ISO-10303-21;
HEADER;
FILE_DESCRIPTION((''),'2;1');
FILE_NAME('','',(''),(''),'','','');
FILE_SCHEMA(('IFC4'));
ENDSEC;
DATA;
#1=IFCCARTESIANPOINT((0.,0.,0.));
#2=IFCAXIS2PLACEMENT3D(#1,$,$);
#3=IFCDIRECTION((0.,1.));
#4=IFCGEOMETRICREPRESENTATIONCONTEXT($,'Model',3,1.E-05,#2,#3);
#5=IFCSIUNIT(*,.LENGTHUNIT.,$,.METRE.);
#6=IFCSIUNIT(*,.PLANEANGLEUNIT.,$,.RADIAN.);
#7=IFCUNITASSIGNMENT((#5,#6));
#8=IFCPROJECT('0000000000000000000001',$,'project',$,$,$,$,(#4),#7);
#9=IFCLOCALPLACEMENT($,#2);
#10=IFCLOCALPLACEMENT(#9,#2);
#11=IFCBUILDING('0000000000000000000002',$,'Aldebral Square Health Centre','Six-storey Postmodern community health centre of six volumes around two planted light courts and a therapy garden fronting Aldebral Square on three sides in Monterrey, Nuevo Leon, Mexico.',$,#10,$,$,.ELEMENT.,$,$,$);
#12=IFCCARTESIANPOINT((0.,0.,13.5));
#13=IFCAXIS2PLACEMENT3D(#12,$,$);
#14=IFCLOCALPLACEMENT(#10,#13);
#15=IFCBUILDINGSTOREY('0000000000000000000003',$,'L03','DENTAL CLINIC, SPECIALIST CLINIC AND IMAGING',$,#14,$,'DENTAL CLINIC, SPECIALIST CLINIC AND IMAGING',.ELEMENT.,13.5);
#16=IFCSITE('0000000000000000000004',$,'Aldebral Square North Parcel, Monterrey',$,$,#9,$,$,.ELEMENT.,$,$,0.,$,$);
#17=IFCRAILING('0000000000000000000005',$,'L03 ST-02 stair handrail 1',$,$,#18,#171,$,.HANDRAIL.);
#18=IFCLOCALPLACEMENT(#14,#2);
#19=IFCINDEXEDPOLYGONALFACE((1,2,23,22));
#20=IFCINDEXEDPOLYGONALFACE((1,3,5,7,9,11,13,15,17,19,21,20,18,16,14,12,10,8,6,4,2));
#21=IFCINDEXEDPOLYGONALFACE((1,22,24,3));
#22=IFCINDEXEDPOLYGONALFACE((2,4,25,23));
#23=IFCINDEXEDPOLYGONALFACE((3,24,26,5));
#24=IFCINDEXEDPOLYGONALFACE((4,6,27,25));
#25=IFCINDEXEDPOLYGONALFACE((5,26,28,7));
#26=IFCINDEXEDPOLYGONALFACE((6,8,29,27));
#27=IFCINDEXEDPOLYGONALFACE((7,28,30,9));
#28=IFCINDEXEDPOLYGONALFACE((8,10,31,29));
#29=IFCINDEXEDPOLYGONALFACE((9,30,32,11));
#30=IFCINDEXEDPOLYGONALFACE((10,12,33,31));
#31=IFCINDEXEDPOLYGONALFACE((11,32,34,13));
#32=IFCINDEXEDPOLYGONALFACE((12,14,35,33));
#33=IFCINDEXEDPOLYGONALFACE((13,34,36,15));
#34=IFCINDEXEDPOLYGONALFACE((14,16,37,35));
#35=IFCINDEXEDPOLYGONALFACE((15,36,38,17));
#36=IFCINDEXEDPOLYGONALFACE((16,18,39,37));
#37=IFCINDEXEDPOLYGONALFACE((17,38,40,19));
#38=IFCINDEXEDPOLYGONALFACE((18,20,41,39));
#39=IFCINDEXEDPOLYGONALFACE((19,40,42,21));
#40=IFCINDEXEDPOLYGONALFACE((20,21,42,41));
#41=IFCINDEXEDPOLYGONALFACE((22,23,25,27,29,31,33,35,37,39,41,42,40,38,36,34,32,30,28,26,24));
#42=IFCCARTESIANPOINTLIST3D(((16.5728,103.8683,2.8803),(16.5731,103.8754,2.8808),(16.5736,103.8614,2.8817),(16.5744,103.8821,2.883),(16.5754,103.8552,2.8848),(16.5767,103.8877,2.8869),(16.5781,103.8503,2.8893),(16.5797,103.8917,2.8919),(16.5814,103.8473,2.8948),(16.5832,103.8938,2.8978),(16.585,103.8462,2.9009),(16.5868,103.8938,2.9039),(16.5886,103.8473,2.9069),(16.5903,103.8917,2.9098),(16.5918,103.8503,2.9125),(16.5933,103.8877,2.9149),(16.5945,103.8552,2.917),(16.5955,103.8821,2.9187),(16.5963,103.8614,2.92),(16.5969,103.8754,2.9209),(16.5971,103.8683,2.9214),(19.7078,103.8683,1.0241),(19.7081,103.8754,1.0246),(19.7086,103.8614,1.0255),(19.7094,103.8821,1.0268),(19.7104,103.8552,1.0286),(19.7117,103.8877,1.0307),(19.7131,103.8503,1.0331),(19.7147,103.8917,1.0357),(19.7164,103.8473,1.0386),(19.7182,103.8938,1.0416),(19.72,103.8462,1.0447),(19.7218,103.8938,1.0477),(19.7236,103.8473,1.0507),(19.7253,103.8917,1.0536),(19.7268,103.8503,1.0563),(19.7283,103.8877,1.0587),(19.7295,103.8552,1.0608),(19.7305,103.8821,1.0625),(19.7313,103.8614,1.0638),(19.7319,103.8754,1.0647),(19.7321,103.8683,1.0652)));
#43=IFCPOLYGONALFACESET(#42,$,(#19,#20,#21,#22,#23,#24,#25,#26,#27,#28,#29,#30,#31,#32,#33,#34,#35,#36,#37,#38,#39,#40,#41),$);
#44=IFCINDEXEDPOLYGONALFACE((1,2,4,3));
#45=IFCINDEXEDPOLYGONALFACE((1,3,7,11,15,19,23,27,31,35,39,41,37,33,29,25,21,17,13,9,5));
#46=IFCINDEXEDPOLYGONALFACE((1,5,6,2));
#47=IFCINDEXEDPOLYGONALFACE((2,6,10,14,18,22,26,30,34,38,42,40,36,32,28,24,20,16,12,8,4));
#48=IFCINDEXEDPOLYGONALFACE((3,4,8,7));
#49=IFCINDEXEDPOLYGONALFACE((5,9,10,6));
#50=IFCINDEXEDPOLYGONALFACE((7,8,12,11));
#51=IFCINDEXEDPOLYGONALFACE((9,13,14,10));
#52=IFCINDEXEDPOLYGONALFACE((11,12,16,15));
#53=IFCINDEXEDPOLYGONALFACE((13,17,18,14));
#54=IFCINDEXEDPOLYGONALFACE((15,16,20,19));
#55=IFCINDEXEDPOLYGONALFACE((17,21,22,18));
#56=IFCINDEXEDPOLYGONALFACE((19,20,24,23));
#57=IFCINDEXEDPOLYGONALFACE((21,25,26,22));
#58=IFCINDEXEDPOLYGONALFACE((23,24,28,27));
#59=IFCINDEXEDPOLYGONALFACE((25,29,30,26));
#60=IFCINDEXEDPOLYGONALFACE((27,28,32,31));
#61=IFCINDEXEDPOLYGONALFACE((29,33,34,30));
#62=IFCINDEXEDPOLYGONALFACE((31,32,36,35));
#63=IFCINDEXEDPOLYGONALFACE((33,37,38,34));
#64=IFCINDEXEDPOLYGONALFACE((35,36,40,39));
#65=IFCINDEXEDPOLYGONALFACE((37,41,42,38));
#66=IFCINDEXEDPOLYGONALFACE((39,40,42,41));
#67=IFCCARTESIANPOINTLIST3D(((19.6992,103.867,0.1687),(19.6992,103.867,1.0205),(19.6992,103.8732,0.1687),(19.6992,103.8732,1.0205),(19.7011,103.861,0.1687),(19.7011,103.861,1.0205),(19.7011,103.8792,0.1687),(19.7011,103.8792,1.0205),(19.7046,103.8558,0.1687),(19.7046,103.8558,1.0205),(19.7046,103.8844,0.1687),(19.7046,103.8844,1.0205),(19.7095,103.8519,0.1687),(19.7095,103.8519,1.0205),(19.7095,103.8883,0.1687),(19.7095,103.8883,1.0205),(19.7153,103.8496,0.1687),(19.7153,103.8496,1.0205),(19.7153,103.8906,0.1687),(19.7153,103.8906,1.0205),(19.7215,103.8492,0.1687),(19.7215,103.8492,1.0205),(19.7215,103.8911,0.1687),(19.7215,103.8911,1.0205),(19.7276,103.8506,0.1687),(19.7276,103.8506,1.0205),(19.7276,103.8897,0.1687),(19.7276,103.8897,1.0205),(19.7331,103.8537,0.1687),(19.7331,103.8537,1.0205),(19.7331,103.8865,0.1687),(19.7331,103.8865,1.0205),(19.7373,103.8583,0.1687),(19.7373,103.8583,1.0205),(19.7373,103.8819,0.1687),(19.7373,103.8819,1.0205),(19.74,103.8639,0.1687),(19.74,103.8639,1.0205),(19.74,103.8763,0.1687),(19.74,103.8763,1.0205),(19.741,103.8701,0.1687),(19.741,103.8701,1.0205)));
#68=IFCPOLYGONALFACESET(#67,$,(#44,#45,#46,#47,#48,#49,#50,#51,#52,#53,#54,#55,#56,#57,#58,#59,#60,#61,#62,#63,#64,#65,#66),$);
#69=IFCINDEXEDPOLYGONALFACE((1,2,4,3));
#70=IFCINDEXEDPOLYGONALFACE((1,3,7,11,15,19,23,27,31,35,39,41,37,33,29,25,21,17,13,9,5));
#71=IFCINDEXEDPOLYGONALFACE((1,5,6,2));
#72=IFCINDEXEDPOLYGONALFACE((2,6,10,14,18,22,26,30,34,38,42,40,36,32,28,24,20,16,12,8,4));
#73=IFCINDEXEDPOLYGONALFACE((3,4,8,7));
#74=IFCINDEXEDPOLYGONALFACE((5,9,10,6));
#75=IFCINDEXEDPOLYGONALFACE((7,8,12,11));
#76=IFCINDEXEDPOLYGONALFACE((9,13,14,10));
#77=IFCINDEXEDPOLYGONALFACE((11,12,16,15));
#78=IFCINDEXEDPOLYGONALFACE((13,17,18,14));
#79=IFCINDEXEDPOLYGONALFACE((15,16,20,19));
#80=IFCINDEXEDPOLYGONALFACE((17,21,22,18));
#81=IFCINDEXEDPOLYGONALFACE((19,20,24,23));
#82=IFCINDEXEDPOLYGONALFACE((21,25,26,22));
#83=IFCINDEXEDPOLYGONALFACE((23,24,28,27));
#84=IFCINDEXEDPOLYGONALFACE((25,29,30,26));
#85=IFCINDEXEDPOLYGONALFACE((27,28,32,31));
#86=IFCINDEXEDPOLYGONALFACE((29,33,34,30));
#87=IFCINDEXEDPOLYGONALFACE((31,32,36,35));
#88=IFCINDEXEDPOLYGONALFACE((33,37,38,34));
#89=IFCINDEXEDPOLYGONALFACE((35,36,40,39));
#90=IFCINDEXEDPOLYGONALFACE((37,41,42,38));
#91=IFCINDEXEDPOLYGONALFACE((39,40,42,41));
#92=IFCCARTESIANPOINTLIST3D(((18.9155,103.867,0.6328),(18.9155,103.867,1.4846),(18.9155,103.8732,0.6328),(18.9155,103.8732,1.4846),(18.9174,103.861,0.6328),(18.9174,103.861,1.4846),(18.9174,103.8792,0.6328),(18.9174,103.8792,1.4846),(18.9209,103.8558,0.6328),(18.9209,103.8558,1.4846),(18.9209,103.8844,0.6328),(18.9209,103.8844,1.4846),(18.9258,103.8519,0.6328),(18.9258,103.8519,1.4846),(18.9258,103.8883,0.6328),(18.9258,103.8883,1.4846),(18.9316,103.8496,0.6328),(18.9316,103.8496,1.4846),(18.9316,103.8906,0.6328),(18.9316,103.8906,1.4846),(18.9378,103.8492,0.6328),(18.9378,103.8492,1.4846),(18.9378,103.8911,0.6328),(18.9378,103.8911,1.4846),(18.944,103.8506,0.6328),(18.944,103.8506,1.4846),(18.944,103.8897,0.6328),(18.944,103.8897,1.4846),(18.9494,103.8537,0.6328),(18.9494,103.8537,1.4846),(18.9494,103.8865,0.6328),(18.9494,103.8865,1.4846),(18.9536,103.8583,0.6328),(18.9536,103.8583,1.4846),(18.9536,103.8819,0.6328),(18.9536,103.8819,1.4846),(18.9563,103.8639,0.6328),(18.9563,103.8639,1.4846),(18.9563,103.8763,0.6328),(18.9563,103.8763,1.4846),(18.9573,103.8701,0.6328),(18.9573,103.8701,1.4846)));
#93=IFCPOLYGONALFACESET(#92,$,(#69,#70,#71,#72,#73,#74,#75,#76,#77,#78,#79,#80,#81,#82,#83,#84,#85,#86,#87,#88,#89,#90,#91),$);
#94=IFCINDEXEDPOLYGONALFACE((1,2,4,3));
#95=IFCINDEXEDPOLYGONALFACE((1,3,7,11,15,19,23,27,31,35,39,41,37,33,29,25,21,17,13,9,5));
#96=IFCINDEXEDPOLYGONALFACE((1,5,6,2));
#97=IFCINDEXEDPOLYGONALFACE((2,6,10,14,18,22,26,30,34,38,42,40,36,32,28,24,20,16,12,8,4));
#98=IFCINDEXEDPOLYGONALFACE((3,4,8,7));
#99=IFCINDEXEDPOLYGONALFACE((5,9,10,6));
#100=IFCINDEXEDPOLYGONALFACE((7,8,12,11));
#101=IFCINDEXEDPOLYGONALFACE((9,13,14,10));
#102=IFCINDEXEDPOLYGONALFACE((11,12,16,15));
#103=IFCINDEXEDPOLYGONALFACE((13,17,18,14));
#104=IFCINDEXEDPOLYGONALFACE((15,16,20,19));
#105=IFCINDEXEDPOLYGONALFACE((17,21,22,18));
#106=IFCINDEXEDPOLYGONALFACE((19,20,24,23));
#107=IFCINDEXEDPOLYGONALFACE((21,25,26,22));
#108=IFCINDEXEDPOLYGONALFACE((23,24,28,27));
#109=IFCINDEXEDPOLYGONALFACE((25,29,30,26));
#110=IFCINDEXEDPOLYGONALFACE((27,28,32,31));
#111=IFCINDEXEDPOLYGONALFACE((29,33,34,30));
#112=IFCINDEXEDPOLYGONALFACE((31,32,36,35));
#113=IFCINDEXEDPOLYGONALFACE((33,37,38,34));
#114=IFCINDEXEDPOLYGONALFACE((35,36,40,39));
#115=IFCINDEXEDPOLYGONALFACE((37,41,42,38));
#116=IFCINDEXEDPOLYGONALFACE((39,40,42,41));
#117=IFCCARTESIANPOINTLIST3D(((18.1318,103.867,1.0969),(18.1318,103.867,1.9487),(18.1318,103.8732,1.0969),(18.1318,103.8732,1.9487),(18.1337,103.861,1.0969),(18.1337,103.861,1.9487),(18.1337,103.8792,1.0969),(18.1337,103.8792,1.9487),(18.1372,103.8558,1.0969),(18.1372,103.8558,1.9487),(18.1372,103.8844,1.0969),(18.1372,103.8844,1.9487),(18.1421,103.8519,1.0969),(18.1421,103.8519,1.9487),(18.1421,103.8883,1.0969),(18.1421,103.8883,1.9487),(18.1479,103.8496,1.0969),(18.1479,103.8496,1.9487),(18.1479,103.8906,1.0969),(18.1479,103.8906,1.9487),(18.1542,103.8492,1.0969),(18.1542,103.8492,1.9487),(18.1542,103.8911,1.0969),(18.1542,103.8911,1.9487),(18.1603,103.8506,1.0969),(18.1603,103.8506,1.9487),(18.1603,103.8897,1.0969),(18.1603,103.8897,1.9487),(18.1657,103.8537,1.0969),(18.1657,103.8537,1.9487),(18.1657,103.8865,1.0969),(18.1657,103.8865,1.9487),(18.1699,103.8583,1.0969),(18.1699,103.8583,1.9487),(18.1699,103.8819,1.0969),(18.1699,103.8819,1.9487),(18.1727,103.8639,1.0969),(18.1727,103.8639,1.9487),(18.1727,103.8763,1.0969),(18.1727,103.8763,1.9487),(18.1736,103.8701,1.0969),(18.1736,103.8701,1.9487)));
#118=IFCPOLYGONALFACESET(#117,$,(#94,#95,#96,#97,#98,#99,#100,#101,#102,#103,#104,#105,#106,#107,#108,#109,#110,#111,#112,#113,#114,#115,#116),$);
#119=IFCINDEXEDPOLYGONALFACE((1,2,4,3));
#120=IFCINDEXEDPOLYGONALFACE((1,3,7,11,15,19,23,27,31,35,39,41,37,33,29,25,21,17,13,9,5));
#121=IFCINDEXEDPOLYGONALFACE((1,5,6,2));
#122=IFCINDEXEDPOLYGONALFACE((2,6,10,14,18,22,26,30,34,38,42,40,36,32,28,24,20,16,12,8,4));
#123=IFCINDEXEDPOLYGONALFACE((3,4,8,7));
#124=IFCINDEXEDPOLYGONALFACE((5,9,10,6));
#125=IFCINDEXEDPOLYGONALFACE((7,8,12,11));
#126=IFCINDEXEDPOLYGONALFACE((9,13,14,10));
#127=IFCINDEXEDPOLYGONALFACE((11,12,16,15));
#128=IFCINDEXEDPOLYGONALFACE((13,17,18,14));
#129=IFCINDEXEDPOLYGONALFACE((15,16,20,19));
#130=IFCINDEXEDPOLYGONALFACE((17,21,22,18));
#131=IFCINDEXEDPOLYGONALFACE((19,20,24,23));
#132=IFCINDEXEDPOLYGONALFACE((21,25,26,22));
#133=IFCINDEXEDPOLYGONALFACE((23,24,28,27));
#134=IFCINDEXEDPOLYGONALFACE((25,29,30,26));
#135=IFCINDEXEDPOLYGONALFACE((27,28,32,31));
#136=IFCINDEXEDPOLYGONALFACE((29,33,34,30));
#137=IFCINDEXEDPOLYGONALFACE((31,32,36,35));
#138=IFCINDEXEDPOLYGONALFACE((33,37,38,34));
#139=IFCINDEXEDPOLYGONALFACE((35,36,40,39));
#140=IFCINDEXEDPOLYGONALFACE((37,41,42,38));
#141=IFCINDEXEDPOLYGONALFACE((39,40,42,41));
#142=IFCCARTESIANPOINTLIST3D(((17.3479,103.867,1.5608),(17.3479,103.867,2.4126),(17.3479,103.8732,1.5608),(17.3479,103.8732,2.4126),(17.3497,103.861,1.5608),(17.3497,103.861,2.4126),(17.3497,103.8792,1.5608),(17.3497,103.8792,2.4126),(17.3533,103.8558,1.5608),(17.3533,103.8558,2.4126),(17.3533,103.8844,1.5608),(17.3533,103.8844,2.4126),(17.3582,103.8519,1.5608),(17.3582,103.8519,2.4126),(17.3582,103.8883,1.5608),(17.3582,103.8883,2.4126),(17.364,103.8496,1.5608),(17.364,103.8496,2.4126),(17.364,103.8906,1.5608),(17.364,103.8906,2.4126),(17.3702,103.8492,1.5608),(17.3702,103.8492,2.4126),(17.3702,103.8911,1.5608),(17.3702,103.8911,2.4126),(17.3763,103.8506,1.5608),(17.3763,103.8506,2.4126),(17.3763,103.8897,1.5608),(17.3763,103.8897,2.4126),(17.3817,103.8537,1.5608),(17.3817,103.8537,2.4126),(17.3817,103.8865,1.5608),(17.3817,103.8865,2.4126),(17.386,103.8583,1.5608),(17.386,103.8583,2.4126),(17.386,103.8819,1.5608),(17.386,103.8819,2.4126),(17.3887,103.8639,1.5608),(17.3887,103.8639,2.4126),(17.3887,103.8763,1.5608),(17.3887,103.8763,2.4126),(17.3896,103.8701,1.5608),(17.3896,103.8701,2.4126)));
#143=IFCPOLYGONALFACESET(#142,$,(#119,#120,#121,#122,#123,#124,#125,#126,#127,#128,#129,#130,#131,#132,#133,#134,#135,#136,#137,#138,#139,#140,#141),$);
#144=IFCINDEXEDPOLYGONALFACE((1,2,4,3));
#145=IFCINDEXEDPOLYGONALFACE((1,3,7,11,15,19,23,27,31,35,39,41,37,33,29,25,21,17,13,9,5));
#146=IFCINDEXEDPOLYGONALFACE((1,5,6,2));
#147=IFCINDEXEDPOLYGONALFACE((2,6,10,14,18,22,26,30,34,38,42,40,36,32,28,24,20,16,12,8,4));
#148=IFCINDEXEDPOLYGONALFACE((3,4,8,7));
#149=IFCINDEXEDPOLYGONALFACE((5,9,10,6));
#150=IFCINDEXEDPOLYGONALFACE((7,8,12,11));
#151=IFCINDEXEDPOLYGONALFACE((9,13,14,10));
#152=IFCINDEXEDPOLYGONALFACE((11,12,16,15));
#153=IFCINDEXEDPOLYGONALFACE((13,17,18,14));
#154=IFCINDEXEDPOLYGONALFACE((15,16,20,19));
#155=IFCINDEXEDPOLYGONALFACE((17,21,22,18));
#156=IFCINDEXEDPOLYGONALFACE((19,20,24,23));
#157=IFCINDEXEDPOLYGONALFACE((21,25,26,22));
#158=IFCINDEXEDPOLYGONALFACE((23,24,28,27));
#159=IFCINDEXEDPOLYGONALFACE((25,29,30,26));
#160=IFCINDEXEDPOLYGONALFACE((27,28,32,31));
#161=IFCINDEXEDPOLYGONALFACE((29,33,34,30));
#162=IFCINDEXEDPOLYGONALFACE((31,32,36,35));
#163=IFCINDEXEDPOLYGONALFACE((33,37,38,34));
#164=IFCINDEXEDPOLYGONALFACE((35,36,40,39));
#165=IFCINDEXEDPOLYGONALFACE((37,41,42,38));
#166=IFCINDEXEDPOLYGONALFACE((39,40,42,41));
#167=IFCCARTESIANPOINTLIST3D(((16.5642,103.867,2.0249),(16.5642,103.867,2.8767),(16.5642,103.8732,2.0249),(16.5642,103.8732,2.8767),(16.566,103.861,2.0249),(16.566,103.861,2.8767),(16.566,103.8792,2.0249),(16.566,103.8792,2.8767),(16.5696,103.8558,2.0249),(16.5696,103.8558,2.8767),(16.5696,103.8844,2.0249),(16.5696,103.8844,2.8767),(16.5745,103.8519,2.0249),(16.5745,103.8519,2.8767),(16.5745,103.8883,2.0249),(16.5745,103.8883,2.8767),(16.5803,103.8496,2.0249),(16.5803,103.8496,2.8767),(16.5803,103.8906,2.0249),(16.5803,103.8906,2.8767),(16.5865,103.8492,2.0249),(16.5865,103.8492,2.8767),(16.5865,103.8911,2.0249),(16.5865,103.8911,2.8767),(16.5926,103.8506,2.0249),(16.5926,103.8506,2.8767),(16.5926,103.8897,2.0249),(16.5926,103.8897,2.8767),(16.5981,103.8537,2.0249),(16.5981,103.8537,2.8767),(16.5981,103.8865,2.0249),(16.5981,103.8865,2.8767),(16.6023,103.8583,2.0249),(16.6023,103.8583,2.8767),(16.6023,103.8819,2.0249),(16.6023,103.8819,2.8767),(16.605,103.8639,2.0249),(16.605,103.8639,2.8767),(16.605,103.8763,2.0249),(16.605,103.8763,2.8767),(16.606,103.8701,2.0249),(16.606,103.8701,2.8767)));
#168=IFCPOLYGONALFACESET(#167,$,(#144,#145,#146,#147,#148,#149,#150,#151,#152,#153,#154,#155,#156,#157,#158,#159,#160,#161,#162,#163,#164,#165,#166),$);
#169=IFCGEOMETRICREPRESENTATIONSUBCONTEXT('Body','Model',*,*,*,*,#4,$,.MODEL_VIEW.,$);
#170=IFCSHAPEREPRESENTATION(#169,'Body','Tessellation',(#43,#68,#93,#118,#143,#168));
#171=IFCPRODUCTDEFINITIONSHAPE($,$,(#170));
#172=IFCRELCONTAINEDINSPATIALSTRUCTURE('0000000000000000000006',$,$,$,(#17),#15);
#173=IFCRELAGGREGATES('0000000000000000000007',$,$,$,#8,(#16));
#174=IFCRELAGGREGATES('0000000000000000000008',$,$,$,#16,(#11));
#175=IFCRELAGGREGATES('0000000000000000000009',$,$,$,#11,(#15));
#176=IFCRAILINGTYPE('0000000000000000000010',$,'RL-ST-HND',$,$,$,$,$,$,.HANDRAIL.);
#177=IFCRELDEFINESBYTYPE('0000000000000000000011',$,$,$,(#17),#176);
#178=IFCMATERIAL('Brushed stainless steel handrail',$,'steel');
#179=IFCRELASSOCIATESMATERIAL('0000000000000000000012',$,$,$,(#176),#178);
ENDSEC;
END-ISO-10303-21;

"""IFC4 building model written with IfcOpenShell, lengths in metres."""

from ifc_helpers import new_model, si_unit, direction, frame, origin, origin_2d, place, context, subcontext, project, spatial, circle, extrude, material, type_object, element, save


model = new_model("IFC4")

# Units and contexts
model_context = context("Model", 3, precision=1e-05, world=origin(), true_north=direction((0.0, 1.0)))
body_context = subcontext(model_context, "Body", "Model", "MODEL_VIEW")
ifc_project = project(units=[si_unit("LENGTHUNIT", "METRE"), si_unit("PLANEANGLEUNIT", "RADIAN")], contexts=[model_context])

# Site, building, storey
site_placement = place(None, origin())
site = spatial("IfcSite", under=ifc_project, at=site_placement, Name="Aldebral Square North Parcel, Monterrey", CompositionType="ELEMENT", RefElevation=0.0)
building_placement = place(site_placement, origin())
building = spatial("IfcBuilding", under=site, at=building_placement, Name="Aldebral Square Health Centre", Description="Six-storey Postmodern community health centre of six volumes around two planted light courts and a therapy garden fronting Aldebral Square on three sides in Monterrey, Nuevo Leon, Mexico.", CompositionType="ELEMENT")
storey_placement = place(building_placement, frame((0.0, 0.0, 13.5)))
storey = spatial("IfcBuildingStorey", under=building, at=storey_placement, Name="L03", Description="DENTAL CLINIC, SPECIALIST CLINIC AND IMAGING", LongName="DENTAL CLINIC, SPECIALIST CLINIC AND IMAGING", CompositionType="ELEMENT", Elevation=13.5)

# Railing
ifc_material_1 = material(Name="Brushed stainless steel handrail", Category="steel")
railing_type_1 = type_object("IfcRailingType", Name="RL-ST-HND", PredefinedType="HANDRAIL", material=ifc_material_1)
railing_1_placement = place(storey_placement, frame((19.72, 103.8701, 0.1687)))
element("IfcRailing", 1, at=railing_1_placement, inside=storey, type_object=railing_type_1, Name="L03 ST-02 stair handrail 1", PredefinedType="HANDRAIL", context=body_context, shape_type="SweptSolid", body=[
    extrude(circle(Radius=0.0239, at=origin_2d()), frame((0.0, 0.0, 0.876), z_axis=(-0.860482, 0.0, 0.509481), x_axis=(0.0, -1.0, 0.0)), (0.0, 0.0, 1.0), 3.6433),
    extrude(circle(Radius=0.021, at=origin_2d()), origin(), (0.0, 0.0, 1.0), 0.8518),
    extrude(circle(Radius=0.021, at=origin_2d()), frame((-0.7837, 0.0, 0.4641)), (0.0, 0.0, 1.0), 0.8518),
    extrude(circle(Radius=0.021, at=origin_2d()), frame((-1.5674, 0.0, 0.9282)), (0.0, 0.0, 1.0), 0.8518),
    extrude(circle(Radius=0.021, at=origin_2d()), frame((-2.3513, 0.0, 1.3921)), (0.0, 0.0, 1.0), 0.8518),
    extrude(circle(Radius=0.021, at=origin_2d()), frame((-3.135, 0.0, 1.8562)), (0.0, 0.0, 1.0), 0.8518),
])

save(model, "model.ifc")
